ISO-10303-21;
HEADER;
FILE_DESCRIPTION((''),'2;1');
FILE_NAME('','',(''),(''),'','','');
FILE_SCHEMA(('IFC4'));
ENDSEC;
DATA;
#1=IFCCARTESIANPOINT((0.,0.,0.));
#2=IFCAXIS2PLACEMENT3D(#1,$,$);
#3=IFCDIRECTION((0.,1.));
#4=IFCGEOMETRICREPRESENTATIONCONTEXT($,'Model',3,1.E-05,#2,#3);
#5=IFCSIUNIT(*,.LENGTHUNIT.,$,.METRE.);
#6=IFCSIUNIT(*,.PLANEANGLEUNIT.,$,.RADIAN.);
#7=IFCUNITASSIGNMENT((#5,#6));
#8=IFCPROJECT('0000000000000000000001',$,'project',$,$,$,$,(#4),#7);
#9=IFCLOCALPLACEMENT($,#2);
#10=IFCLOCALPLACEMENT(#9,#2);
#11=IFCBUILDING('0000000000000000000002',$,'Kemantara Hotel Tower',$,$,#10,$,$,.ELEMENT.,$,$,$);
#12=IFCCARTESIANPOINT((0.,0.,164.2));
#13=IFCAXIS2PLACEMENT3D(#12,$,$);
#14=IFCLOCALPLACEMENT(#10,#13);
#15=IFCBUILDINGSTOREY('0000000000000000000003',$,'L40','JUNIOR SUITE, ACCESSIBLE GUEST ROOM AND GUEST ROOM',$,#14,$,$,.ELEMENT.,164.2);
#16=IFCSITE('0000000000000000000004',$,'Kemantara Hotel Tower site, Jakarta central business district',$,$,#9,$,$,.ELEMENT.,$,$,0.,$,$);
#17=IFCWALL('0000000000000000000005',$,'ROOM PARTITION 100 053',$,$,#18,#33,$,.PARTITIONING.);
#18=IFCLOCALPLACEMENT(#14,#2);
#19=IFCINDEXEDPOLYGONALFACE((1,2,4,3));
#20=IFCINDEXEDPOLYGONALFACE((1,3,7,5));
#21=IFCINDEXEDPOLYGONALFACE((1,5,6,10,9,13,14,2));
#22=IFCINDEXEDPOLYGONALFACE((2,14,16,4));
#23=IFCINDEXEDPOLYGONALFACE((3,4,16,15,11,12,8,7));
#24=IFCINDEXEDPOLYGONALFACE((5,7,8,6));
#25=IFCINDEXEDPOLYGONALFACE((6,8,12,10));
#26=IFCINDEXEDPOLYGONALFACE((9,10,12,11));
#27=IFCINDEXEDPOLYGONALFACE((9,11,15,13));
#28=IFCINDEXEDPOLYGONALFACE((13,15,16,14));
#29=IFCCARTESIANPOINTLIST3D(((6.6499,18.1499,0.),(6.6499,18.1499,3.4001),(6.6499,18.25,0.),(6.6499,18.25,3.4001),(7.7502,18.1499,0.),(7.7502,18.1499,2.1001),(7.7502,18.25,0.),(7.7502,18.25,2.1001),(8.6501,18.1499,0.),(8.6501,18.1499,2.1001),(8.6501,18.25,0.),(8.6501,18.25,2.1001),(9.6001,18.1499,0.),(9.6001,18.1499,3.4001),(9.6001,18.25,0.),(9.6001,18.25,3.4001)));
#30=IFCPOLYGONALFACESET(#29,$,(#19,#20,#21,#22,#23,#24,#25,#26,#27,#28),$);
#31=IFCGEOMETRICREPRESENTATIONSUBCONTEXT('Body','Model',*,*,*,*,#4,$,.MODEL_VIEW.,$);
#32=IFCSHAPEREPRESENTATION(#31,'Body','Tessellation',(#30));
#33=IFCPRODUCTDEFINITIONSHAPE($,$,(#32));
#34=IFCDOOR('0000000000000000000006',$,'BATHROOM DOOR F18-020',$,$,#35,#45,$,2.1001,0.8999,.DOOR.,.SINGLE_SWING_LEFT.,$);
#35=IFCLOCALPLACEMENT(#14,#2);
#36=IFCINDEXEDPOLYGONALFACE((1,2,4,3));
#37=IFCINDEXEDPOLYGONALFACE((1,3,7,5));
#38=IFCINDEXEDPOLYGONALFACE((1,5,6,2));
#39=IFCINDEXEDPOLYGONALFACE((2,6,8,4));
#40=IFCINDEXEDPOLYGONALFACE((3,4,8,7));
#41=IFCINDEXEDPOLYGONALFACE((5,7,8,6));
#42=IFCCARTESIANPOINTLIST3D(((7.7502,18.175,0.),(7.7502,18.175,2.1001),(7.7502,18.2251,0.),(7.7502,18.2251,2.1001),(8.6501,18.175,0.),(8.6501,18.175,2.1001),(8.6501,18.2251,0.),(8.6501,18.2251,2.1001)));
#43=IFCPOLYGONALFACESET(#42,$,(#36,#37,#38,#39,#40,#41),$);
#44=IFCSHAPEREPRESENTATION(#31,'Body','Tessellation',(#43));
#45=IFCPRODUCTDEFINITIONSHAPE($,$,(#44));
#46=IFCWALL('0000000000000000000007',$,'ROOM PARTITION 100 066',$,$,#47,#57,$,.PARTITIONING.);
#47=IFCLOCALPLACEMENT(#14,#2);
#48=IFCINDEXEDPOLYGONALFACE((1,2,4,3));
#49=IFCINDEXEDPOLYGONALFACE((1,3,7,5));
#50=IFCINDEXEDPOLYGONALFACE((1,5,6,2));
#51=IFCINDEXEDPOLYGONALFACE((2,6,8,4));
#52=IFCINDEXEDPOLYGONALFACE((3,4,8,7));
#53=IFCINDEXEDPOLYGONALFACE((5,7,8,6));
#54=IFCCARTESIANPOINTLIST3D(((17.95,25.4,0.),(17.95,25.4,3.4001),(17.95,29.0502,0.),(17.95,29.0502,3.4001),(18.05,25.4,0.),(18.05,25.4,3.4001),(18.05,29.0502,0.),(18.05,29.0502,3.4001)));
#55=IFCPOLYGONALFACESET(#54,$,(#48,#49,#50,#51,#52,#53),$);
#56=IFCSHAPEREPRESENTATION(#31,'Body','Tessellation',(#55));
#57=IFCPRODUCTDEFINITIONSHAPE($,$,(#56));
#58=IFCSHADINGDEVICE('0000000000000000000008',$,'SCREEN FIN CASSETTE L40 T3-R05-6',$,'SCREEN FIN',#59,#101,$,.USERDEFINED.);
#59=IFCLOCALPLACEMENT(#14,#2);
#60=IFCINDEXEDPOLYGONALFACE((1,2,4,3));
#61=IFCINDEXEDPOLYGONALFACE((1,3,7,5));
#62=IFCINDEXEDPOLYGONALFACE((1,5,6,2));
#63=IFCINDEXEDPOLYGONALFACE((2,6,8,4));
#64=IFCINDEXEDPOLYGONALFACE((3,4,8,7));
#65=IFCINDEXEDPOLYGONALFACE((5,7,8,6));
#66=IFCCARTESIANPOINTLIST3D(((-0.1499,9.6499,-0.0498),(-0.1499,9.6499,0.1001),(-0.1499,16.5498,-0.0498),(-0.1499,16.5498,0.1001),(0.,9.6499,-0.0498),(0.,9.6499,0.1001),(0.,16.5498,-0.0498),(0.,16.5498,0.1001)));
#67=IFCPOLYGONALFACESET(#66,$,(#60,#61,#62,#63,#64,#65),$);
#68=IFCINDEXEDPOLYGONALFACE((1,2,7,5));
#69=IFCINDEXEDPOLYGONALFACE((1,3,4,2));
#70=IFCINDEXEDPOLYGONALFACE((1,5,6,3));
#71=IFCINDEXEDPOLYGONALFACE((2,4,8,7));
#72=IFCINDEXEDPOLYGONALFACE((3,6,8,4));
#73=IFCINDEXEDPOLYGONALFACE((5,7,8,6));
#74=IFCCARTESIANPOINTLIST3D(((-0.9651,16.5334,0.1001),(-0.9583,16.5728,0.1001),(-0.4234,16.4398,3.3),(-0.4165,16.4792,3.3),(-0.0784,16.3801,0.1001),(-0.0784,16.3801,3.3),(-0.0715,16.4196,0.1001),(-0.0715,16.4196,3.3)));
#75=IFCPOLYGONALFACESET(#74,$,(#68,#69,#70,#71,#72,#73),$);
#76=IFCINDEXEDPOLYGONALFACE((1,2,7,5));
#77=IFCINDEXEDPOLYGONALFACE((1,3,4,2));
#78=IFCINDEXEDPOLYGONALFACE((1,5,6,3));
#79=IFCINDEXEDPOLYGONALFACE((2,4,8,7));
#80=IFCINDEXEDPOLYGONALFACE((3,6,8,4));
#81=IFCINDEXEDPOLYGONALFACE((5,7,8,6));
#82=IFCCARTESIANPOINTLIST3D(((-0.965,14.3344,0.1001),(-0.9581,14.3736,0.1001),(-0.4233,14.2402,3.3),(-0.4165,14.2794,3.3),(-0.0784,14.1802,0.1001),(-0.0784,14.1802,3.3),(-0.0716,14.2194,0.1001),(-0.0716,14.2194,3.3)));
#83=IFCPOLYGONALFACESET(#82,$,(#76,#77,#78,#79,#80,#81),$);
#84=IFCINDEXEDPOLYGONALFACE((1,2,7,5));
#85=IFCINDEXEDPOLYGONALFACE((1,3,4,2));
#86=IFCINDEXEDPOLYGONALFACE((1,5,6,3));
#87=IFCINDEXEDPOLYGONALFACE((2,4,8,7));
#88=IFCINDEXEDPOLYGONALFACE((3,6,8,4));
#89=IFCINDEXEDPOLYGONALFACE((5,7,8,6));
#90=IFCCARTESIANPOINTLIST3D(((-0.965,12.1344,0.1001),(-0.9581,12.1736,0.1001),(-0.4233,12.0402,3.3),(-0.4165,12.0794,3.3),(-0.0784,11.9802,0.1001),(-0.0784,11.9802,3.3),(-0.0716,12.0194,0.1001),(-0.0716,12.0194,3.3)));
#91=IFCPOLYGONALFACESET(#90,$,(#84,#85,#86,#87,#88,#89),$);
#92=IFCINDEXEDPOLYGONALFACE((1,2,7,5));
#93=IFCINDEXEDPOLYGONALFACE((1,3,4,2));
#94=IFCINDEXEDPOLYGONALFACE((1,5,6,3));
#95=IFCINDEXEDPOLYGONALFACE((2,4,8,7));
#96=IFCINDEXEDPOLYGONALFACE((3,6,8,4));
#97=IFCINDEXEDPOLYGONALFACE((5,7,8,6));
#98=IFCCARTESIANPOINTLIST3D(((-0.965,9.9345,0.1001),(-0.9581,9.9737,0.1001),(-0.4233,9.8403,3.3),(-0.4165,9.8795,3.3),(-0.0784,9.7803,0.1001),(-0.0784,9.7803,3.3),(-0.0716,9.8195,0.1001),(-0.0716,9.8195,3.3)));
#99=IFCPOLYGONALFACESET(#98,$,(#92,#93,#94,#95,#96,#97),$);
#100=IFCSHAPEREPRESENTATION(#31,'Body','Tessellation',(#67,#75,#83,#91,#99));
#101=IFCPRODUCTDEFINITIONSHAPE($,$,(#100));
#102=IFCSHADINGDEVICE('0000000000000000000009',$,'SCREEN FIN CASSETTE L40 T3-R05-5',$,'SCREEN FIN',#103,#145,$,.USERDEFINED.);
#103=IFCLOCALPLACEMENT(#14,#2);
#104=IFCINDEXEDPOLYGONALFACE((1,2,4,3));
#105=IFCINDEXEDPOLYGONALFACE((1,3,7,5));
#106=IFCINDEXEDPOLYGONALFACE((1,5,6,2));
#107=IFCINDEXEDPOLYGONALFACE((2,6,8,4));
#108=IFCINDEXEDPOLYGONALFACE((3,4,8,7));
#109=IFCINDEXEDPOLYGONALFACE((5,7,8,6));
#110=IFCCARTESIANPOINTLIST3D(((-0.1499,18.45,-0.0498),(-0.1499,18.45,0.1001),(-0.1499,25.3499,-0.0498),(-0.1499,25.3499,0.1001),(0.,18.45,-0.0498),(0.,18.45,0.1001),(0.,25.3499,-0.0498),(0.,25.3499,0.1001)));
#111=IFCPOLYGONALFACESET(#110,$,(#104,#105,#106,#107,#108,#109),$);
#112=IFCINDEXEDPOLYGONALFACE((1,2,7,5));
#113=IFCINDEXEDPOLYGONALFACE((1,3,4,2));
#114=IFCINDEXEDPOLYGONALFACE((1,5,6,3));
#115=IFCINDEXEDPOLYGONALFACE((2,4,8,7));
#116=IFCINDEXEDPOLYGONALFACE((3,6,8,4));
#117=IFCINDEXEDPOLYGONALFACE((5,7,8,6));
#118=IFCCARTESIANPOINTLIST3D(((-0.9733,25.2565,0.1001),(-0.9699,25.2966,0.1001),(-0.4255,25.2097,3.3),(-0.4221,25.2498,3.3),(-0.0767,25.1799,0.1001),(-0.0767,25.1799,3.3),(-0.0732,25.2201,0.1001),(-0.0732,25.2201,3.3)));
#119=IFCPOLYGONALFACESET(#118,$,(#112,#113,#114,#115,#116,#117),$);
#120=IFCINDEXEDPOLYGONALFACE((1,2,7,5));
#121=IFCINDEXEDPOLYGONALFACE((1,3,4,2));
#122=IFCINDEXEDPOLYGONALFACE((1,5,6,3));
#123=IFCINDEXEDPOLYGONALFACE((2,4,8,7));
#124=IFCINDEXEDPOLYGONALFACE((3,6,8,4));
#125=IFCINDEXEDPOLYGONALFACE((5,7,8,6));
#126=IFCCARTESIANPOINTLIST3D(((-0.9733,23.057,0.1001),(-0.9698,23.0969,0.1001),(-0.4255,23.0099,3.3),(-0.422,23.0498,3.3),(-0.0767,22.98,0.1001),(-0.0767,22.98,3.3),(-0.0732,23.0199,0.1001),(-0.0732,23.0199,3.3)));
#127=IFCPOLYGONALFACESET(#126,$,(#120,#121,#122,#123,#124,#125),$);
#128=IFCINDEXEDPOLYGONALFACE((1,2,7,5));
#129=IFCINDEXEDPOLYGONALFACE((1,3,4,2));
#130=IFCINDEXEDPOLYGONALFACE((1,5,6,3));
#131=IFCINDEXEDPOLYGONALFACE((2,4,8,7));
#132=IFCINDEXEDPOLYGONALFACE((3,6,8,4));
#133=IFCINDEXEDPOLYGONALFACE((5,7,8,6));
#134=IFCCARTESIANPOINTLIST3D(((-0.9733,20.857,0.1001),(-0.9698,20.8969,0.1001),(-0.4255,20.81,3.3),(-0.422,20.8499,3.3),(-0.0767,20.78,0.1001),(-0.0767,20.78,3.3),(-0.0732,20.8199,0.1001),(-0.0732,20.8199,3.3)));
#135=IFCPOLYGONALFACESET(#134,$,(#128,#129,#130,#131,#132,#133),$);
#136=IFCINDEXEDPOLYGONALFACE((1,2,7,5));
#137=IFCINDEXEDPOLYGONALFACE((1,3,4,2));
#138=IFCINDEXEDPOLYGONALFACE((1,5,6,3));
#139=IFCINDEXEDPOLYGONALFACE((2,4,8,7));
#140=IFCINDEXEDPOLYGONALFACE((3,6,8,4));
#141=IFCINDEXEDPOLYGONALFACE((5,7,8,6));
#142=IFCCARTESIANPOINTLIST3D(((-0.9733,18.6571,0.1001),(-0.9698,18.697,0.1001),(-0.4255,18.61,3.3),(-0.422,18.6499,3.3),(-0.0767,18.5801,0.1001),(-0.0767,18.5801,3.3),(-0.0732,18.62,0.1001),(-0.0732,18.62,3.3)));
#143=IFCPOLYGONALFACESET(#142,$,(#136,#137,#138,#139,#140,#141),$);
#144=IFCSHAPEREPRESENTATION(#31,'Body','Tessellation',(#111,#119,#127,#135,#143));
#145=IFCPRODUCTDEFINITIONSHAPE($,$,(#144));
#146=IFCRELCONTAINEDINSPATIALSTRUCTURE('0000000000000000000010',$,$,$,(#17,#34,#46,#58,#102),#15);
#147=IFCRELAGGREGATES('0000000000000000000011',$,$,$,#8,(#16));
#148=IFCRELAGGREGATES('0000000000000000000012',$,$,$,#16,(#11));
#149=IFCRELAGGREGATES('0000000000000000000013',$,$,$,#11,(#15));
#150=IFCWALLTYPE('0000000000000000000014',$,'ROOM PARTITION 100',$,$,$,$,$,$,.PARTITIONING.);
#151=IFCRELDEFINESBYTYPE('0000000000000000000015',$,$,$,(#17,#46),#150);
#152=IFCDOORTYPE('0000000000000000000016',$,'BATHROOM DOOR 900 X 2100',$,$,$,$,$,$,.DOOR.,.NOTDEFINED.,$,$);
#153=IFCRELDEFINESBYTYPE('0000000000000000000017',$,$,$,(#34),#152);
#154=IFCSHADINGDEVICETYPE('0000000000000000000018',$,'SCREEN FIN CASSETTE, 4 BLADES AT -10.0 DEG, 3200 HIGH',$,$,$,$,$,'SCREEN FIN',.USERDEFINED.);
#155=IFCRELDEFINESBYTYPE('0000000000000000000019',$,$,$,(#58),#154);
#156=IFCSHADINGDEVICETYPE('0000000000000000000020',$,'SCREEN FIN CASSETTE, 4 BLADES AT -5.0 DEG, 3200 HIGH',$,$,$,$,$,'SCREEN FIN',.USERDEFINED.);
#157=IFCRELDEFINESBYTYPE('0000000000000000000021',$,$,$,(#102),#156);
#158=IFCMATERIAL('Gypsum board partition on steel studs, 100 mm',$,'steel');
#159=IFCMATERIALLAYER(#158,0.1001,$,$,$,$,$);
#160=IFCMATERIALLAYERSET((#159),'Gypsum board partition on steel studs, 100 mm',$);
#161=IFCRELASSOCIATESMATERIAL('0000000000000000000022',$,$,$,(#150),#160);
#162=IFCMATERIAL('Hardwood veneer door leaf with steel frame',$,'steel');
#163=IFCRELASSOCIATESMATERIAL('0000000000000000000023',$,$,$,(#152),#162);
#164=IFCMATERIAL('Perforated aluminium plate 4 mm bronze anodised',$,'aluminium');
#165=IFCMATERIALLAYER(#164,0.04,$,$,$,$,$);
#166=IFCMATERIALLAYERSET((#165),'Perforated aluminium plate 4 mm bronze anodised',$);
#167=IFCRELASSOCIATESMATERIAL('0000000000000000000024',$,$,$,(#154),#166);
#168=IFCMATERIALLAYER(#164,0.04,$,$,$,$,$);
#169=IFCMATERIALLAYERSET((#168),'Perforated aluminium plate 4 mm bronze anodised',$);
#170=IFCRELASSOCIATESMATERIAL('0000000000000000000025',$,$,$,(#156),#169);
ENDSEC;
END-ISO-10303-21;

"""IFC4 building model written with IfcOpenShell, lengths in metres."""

from ifc_helpers import new_model, si_unit, direction, frame, frame_2d, origin, origin_2d, place, context, subcontext, project, spatial, polyline, rectangle, outline, extrude, source, transform, mapped, material, layer, layer_set, type_object, element, fill, save


model = new_model("IFC4")

# Units and contexts
model_context = context("Model", 3, precision=1e-05, world=origin(), true_north=direction((0.0, 1.0)))
body_context = subcontext(model_context, "Body", "Model", "MODEL_VIEW")
ifc_project = project(units=[si_unit("LENGTHUNIT", "METRE"), si_unit("PLANEANGLEUNIT", "RADIAN")], contexts=[model_context])

# Site, building, storey
site_placement = place(None, origin())
site = spatial("IfcSite", under=ifc_project, at=site_placement, Name="Kemantara Hotel Tower site, Jakarta central business district", CompositionType="ELEMENT", RefElevation=0.0)
building_placement = place(site_placement, origin())
building = spatial("IfcBuilding", under=site, at=building_placement, Name="Kemantara Hotel Tower", CompositionType="ELEMENT")
storey_placement = place(building_placement, frame((0.0, 0.0, 164.2)))
storey = spatial("IfcBuildingStorey", under=building, at=storey_placement, Name="L40", Description="JUNIOR SUITE, ACCESSIBLE GUEST ROOM AND GUEST ROOM", CompositionType="ELEMENT", Elevation=164.2)

# Shared definitions
ifc_material_1 = material(Name="Gypsum board partition on steel studs, 100 mm", Category="steel")
ifc_layer_1 = layer(ifc_material_1, 0.1001)
ifc_layer_set_1 = layer_set([ifc_layer_1], Name="Gypsum board partition on steel studs, 100 mm")
wall_type_1 = type_object("IfcWallType", Name="ROOM PARTITION 100", PredefinedType="PARTITIONING", material=ifc_layer_set_1)

# Wall, opening, door
wall_1_placement = place(storey_placement, frame((9.6001, 18.2, 0.0), z_axis=(0.0, 0.0, 1.0), x_axis=(-1.0, 0.0, 0.0)))
wall_1 = element("IfcWall", 1, at=wall_1_placement, inside=storey, type_object=wall_type_1, Name="ROOM PARTITION 100 053", PredefinedType="PARTITIONING", context=body_context, shape_type="SweptSolid", body=[
    extrude(rectangle(XDim=2.9502, YDim=0.1001, at=frame_2d((1.4751, 0.0))), origin(), (0.0, 0.0, 1.0), 3.4001),
])
opening_placement = place(wall_1_placement, frame((0.95, 0.0, 0.0)))
opening = element("IfcOpeningElement", 2, at=opening_placement, cuts=wall_1, PredefinedType="OPENING", context=body_context, shape_type="SweptSolid", body=[
    extrude(rectangle(XDim=0.8999, YDim=2.1001, at=frame_2d((0.45, 1.05))), frame((0.0, 0.0601, 0.0), z_axis=(0.0, -1.0, 0.0), x_axis=(1.0, 0.0, 0.0)), (0.0, 0.0, 1.0), 0.1201),
])
ifc_material_2 = material(Name="Hardwood veneer door leaf with steel frame", Category="steel")
door_type = type_object("IfcDoorType", Name="BATHROOM DOOR 900 X 2100", OperationType="NOTDEFINED", PredefinedType="DOOR", material=ifc_material_2)
door_placement = place(opening_placement, origin())
door = element("IfcDoor", 3, at=door_placement, inside=storey, type_object=door_type, Name="BATHROOM DOOR F18-020", OperationType="SINGLE_SWING_LEFT", OverallHeight=2.1001, OverallWidth=0.8999, PredefinedType="DOOR", context=body_context, shape_type="SweptSolid", body=[
    extrude(rectangle(XDim=0.8999, YDim=2.1001, at=frame_2d((0.45, 1.05))), frame((0.0, 0.0249, 0.0), z_axis=(0.0, -1.0, 0.0), x_axis=(1.0, 0.0, 0.0)), (0.0, 0.0, 1.0), 0.05),
])
fill(opening, door)

# Wall
wall_2_placement = place(storey_placement, frame((18.0, 25.3999, 0.0), z_axis=(0.0, 0.0, 1.0), x_axis=(0.0, 1.0, 0.0)))
element("IfcWall", 4, at=wall_2_placement, inside=storey, type_object=wall_type_1, Name="ROOM PARTITION 100 066", PredefinedType="PARTITIONING", context=body_context, shape_type="SweptSolid", body=[
    extrude(rectangle(XDim=3.6501, YDim=0.1001, at=frame_2d((1.8252, 0.0))), origin(), (0.0, 0.0, 1.0), 3.4001),
])

# Shading devices
ifc_material_3 = material(Name="Perforated aluminium plate 4 mm bronze anodised", Category="aluminium")
ifc_layer_2 = layer(ifc_material_3, 0.04)
ifc_layer_set_2 = layer_set([ifc_layer_2], Name="Perforated aluminium plate 4 mm bronze anodised")
shading_device_type_1 = type_object("IfcShadingDeviceType", Name="SCREEN FIN CASSETTE, 4 BLADES AT -10.0 DEG, 3200 HIGH", ElementType="SCREEN FIN", PredefinedType="USERDEFINED", material=ifc_layer_set_2)
shared_shape_1 = source(origin(), body_context, "Body", "SweptSolid", [
    extrude(rectangle(XDim=6.8999, YDim=0.1499, at=origin_2d()), frame((3.3, -0.075, -0.1499), z_axis=(0.0, 0.0, 1.0), x_axis=(1.0, 0.0, 0.0)), (0.0, 0.0, 1.0), 0.1499),
    extrude(outline(polyline([(0.0, 0.0), (0.8999, 0.0), (0.3501, 3.2), (0.0, 3.2), (0.0, 0.0)])), frame((0.0198, -0.0784, 0.0), z_axis=(-0.98539, 0.170314, 0.0), x_axis=(-0.170314, -0.98539, 0.0)), (0.0, 0.0, 1.0), 0.04),
    extrude(outline(polyline([(0.0, 0.0), (0.8999, 0.0), (0.3501, 3.2), (0.0, 3.2), (0.0, 0.0)])), frame((2.2197, -0.0784, 0.0), z_axis=(-0.985212, 0.171341, 0.0), x_axis=(-0.171341, -0.985212, 0.0)), (0.0, 0.0, 1.0), 0.0398),
    extrude(outline(polyline([(0.0, 0.0), (0.8999, 0.0), (0.3501, 3.2), (0.0, 3.2), (0.0, 0.0)])), frame((4.4197, -0.0784, 0.0), z_axis=(-0.985212, 0.171341, 0.0), x_axis=(-0.171341, -0.985212, 0.0)), (0.0, 0.0, 1.0), 0.0398),
    extrude(outline(polyline([(0.0, 0.0), (0.8999, 0.0), (0.3501, 3.2), (0.0, 3.2), (0.0, 0.0)])), frame((6.6196, -0.0784, 0.0), z_axis=(-0.985212, 0.171341, 0.0), x_axis=(-0.171341, -0.985212, 0.0)), (0.0, 0.0, 1.0), 0.0398),
])
shading_device_1_placement = place(storey_placement, frame((0.0, 16.3999, 0.1001), z_axis=(0.0, 0.0, 1.0), x_axis=(0.0, -1.0, 0.0)))
element("IfcShadingDevice", 5, at=shading_device_1_placement, inside=storey, type_object=shading_device_type_1, Name="SCREEN FIN CASSETTE L40 T3-R05-6", ObjectType="SCREEN FIN", PredefinedType="USERDEFINED", context=body_context, shape_type="MappedRepresentation", body=[
    mapped(shared_shape_1, transform((0.0, 0.0, 0.0))),
])
ifc_layer_3 = layer(ifc_material_3, 0.04)
ifc_layer_set_3 = layer_set([ifc_layer_3], Name="Perforated aluminium plate 4 mm bronze anodised")
shading_device_type_2 = type_object("IfcShadingDeviceType", Name="SCREEN FIN CASSETTE, 4 BLADES AT -5.0 DEG, 3200 HIGH", ElementType="SCREEN FIN", PredefinedType="USERDEFINED", material=ifc_layer_set_3)
shared_shape_2 = source(origin(), body_context, "Body", "SweptSolid", [
    extrude(rectangle(XDim=6.8999, YDim=0.1499, at=origin_2d()), frame((3.3, -0.075, -0.1499), z_axis=(0.0, 0.0, 1.0), x_axis=(1.0, 0.0, 0.0)), (0.0, 0.0, 1.0), 0.1499),
    extrude(outline(polyline([(0.0, 0.0), (0.8999, 0.0), (0.3501, 3.2), (0.0, 3.2), (0.0, 0.0)])), frame((0.02, -0.0767, 0.0), z_axis=(-0.996376, 0.085056, 0.0), x_axis=(-0.085056, -0.996376, 0.0)), (0.0, 0.0, 1.0), 0.0403),
    extrude(outline(polyline([(0.0, 0.0), (0.8999, 0.0), (0.3501, 3.2), (0.0, 3.2), (0.0, 0.0)])), frame((2.22, -0.0767, 0.0), z_axis=(-0.996332, 0.085575, 0.0), x_axis=(-0.085575, -0.996332, 0.0)), (0.0, 0.0, 1.0), 0.04),
    extrude(outline(polyline([(0.0, 0.0), (0.8999, 0.0), (0.3501, 3.2), (0.0, 3.2), (0.0, 0.0)])), frame((4.4199, -0.0767, 0.0), z_axis=(-0.996332, 0.085575, 0.0), x_axis=(-0.085575, -0.996332, 0.0)), (0.0, 0.0, 1.0), 0.04),
    extrude(outline(polyline([(0.0, 0.0), (0.8999, 0.0), (0.3501, 3.2), (0.0, 3.2), (0.0, 0.0)])), frame((6.6199, -0.0767, 0.0), z_axis=(-0.996332, 0.085575, 0.0), x_axis=(-0.085575, -0.996332, 0.0)), (0.0, 0.0, 1.0), 0.04),
])
shading_device_2_placement = place(storey_placement, frame((0.0, 25.2, 0.1001), z_axis=(0.0, 0.0, 1.0), x_axis=(0.0, -1.0, 0.0)))
element("IfcShadingDevice", 6, at=shading_device_2_placement, inside=storey, type_object=shading_device_type_2, Name="SCREEN FIN CASSETTE L40 T3-R05-5", ObjectType="SCREEN FIN", PredefinedType="USERDEFINED", context=body_context, shape_type="MappedRepresentation", body=[
    mapped(shared_shape_2, transform((0.0, 0.0, 0.0))),
])

save(model, "model.ifc")
